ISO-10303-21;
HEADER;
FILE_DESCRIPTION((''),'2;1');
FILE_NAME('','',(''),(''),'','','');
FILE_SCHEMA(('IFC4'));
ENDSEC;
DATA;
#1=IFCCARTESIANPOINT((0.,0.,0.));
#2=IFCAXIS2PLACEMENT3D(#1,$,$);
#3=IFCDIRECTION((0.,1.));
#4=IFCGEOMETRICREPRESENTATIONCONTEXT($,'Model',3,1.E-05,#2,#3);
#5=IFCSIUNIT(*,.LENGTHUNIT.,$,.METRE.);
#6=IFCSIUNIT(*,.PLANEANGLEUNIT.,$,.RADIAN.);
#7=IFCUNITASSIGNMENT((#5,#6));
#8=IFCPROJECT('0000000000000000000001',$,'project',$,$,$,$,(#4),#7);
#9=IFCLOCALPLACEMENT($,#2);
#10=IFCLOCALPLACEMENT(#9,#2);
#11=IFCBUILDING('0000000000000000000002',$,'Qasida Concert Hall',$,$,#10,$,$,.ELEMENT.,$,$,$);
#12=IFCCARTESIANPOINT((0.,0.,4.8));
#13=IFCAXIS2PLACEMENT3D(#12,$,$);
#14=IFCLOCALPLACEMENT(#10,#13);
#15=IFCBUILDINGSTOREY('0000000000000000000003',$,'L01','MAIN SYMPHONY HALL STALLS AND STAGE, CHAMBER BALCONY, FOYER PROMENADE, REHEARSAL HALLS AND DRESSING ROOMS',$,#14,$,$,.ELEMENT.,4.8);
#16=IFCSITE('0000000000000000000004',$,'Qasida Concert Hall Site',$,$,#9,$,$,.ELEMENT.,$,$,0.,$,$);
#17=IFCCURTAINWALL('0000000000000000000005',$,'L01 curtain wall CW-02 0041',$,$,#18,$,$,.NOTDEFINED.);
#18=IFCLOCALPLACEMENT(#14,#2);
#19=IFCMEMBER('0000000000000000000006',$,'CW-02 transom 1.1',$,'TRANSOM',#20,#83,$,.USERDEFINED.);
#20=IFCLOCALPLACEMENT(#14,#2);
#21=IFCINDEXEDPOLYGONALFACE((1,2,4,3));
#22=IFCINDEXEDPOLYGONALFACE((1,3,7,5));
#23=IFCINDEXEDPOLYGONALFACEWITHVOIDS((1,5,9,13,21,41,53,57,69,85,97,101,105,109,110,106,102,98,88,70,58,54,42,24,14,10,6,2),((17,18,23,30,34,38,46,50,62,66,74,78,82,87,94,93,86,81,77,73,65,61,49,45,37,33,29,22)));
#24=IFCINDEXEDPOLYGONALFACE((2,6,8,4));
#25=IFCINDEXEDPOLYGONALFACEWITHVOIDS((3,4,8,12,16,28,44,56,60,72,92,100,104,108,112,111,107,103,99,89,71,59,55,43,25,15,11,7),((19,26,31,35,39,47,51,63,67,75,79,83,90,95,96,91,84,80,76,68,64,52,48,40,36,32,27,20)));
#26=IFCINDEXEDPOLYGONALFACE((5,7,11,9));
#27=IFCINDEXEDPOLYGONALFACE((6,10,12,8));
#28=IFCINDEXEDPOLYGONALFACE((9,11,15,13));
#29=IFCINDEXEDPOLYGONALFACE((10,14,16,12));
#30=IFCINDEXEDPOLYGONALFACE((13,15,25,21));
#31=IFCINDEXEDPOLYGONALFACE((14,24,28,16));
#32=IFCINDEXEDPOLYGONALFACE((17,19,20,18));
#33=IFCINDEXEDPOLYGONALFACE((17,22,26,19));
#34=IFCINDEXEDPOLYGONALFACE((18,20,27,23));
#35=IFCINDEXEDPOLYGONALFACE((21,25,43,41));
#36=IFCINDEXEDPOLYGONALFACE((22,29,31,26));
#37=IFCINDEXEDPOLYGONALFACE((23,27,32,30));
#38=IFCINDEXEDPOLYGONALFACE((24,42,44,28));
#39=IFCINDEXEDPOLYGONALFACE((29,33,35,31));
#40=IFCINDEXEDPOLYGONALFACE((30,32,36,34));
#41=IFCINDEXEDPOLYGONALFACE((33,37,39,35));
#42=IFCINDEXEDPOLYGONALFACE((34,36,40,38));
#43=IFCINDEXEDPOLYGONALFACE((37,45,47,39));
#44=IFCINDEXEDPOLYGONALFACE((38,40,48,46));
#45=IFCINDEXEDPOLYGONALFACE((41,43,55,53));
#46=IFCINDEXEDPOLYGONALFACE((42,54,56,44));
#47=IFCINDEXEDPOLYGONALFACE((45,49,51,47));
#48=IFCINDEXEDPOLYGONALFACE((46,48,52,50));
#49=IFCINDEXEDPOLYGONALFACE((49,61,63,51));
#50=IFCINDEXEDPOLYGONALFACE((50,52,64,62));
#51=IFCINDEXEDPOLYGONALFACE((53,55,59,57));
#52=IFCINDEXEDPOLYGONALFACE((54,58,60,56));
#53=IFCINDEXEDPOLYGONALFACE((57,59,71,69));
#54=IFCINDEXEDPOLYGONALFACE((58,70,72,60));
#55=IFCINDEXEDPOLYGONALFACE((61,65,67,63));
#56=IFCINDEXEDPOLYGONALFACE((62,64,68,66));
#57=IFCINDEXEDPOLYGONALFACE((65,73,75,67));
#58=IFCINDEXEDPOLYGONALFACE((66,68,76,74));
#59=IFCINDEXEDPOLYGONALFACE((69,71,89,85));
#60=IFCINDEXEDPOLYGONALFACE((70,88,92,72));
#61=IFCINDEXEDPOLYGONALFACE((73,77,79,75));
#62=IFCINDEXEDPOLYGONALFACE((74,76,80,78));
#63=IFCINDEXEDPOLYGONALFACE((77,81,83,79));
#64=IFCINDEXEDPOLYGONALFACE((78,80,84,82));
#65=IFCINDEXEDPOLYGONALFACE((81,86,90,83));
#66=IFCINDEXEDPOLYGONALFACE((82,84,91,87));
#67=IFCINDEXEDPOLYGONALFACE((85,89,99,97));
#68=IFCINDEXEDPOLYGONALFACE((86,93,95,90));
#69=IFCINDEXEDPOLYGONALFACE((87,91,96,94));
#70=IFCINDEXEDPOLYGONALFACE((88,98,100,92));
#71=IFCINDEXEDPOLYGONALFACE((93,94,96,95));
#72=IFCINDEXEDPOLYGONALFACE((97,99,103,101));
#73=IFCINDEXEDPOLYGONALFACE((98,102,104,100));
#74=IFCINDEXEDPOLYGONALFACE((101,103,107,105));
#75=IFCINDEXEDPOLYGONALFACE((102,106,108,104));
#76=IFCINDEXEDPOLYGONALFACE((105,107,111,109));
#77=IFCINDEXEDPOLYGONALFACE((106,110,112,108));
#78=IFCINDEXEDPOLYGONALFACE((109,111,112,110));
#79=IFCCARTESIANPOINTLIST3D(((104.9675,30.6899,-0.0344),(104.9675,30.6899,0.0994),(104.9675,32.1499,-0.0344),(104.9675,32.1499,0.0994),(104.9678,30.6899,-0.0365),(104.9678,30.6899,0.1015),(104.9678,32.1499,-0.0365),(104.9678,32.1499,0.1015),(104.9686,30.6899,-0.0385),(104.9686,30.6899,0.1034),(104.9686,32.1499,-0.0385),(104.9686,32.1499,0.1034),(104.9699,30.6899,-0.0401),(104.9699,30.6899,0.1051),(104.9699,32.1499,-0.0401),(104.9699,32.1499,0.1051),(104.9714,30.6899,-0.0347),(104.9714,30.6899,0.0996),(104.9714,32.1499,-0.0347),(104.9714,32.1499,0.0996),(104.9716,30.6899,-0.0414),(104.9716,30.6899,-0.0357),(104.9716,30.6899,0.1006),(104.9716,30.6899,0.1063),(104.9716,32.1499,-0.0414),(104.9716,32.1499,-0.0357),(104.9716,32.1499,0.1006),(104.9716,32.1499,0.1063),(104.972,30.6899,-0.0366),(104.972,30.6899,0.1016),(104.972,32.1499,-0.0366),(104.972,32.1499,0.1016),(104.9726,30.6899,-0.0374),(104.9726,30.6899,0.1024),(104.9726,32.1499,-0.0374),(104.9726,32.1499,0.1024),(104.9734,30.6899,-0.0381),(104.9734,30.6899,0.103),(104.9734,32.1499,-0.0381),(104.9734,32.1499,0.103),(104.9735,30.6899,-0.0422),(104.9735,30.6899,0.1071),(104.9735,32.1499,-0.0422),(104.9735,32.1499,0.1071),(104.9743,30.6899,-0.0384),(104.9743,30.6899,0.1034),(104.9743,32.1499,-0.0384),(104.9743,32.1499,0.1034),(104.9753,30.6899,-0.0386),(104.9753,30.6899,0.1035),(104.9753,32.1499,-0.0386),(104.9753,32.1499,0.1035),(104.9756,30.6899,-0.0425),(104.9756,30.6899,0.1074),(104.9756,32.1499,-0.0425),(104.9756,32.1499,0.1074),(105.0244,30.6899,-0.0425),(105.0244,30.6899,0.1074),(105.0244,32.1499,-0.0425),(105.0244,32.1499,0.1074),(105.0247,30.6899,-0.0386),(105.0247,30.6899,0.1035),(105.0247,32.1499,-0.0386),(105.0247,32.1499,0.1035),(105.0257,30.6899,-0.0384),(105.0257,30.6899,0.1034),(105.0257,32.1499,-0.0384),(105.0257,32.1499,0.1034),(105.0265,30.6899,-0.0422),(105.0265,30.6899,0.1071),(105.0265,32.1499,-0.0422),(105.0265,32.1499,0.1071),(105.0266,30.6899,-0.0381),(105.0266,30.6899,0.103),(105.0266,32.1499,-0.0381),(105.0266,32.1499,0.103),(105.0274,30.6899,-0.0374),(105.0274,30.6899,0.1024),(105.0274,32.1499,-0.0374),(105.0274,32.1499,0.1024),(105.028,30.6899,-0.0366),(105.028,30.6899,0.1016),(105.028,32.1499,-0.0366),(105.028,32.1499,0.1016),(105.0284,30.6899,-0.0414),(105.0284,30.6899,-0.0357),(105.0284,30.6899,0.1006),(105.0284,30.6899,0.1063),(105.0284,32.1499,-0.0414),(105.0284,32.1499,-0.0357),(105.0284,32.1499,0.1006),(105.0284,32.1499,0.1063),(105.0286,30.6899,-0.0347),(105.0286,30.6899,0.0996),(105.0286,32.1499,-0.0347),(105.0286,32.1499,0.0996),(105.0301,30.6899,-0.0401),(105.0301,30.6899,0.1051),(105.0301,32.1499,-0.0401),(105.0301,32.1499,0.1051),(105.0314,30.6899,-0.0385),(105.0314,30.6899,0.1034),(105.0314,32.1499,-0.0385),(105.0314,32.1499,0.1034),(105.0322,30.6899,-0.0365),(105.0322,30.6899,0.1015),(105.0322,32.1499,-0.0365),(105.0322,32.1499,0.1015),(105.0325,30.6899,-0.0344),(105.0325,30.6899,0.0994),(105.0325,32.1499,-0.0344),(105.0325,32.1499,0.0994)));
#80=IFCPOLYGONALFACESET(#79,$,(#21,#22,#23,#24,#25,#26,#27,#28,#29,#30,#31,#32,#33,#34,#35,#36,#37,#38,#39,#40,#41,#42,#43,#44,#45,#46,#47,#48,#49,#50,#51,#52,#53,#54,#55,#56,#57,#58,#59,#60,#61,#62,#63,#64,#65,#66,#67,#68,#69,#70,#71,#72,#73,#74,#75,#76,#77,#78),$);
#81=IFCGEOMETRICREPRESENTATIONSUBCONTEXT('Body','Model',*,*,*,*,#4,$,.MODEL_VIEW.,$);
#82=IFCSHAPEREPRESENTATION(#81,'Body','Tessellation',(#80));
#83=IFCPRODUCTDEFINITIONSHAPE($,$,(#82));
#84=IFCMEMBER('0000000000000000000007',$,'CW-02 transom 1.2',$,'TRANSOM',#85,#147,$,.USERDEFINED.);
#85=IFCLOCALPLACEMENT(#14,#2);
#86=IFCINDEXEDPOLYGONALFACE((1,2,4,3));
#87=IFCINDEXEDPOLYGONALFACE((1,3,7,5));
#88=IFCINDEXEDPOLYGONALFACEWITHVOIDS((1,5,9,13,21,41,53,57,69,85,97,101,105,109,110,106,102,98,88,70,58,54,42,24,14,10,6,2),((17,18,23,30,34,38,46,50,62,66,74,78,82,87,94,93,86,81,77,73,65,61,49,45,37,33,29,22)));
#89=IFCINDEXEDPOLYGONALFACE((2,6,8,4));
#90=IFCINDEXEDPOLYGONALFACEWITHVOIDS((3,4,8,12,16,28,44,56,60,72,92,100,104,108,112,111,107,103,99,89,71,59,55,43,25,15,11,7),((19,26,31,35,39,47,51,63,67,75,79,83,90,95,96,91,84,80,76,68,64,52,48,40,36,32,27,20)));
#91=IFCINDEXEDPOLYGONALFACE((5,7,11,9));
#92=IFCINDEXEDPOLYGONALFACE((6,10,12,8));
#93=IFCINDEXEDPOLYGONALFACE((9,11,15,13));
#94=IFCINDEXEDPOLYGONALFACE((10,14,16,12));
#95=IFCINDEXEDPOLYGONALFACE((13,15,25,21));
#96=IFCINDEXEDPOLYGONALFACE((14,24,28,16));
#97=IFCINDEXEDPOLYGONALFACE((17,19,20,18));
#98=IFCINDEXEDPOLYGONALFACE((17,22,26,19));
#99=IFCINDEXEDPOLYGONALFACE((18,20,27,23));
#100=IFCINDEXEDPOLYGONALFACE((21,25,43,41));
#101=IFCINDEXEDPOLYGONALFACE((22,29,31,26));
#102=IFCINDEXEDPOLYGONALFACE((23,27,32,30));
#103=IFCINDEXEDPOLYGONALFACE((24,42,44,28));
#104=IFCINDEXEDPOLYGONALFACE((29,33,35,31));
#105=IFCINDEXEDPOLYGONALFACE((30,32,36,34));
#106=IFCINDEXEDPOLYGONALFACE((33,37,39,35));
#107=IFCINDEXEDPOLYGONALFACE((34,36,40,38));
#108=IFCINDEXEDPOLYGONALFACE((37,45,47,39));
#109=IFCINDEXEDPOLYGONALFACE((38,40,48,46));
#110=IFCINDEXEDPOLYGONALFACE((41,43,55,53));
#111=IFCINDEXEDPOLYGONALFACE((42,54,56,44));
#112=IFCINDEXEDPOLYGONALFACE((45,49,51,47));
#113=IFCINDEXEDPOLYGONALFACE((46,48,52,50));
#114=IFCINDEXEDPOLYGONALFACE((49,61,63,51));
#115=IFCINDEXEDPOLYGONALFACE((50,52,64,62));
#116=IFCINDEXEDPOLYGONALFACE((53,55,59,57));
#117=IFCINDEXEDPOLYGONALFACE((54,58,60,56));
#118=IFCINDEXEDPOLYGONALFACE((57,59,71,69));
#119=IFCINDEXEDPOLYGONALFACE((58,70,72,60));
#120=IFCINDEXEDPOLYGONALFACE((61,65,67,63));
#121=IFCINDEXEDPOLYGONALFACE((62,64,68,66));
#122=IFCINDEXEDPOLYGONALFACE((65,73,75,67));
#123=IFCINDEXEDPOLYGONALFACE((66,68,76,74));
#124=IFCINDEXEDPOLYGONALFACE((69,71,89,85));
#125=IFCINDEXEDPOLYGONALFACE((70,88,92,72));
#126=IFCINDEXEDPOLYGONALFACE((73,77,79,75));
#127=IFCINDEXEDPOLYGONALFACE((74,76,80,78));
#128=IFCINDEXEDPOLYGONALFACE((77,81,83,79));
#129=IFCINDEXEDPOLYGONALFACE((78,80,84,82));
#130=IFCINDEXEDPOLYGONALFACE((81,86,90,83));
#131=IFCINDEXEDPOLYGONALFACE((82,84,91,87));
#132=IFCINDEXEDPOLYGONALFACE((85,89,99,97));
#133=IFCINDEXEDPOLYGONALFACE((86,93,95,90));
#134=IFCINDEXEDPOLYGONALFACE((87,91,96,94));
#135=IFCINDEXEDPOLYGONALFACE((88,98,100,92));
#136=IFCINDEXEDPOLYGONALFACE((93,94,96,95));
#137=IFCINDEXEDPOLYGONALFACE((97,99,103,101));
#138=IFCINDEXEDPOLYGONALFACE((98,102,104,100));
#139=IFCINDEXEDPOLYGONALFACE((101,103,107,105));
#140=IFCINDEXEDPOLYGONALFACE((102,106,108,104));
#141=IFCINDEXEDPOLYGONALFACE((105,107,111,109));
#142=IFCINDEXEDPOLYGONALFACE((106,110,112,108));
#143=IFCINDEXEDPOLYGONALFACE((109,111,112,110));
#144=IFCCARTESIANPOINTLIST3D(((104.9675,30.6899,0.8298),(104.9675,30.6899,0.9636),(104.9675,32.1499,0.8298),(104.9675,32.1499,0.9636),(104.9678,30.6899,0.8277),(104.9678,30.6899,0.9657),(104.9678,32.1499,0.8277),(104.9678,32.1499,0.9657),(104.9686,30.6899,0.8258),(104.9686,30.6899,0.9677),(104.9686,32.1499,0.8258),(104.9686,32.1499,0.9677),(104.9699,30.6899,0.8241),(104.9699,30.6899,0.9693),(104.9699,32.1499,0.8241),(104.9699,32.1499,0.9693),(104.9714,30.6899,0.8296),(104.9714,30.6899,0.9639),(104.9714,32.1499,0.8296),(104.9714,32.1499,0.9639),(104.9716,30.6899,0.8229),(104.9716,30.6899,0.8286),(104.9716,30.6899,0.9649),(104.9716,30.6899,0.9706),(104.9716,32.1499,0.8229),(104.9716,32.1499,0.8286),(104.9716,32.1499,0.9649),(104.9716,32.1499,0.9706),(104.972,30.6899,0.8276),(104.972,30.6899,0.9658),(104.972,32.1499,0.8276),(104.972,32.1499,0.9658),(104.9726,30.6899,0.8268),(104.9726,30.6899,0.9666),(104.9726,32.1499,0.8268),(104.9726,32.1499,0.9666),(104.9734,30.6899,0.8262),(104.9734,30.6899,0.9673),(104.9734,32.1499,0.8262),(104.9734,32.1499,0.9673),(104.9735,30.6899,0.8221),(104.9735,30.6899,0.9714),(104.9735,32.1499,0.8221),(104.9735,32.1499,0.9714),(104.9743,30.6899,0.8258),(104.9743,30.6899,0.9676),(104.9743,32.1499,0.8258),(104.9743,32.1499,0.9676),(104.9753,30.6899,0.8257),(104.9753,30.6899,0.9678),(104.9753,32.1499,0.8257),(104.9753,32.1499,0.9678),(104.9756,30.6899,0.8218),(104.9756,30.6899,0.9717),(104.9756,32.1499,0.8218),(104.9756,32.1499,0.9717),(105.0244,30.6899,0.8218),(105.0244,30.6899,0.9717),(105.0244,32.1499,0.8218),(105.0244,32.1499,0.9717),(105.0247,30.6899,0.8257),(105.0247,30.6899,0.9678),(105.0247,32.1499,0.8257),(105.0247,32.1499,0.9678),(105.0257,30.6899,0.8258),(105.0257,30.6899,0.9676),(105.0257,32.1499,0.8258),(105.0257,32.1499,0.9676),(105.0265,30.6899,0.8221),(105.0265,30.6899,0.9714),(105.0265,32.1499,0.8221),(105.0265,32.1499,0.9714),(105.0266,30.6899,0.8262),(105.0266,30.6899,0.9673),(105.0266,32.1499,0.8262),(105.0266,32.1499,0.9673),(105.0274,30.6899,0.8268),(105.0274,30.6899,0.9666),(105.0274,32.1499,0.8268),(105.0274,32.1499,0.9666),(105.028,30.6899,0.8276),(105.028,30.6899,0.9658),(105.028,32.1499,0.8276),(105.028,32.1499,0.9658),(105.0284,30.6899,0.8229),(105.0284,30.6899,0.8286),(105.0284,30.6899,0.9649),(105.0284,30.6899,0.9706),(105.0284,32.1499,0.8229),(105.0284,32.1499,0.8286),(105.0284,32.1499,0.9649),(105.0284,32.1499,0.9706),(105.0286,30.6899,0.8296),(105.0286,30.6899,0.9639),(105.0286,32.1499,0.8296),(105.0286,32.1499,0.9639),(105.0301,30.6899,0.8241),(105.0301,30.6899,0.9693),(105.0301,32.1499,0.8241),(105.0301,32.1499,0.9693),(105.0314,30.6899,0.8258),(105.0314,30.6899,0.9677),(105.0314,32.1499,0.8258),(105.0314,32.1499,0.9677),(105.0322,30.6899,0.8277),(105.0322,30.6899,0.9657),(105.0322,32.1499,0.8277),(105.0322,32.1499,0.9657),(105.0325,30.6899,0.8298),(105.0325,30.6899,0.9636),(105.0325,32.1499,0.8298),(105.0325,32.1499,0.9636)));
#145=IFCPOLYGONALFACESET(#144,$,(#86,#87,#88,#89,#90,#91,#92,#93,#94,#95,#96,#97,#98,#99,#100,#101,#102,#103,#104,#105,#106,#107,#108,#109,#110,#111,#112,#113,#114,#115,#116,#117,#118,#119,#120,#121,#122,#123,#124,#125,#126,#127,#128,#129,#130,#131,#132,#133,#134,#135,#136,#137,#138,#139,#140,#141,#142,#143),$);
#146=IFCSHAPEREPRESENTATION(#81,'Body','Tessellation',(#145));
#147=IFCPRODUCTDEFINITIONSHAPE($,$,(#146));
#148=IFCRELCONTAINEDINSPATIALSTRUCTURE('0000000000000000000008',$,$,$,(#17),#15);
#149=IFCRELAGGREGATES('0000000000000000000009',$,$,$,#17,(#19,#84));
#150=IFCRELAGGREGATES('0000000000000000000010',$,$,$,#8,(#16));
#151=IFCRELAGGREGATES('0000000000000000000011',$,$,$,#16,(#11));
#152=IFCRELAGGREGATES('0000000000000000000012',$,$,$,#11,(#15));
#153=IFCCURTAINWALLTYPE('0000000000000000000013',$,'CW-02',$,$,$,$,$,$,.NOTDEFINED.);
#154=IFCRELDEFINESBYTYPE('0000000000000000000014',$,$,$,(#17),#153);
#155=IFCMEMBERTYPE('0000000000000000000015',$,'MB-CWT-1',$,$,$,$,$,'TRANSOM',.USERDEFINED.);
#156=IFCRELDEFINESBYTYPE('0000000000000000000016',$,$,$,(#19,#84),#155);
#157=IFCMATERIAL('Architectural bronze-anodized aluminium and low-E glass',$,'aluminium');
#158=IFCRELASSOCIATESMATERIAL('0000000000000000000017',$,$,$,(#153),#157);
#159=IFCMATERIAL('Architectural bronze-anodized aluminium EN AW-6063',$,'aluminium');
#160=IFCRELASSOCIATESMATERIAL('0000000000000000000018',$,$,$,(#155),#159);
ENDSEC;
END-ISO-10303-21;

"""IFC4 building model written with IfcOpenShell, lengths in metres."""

from ifc_helpers import new_model, si_unit, direction, frame, origin, origin_2d, place, context, subcontext, project, spatial, hollow_rectangle, extrude, material, material_profile, profile_set, type_object, element, aggregate, save


model = new_model("IFC4")

# Units and contexts
model_context = context("Model", 3, precision=1e-05, world=origin(), true_north=direction((0.0, 1.0)))
body_context = subcontext(model_context, "Body", "Model", "MODEL_VIEW")
ifc_project = project(units=[si_unit("LENGTHUNIT", "METRE"), si_unit("PLANEANGLEUNIT", "RADIAN")], contexts=[model_context])

# Site, building, storey
site_placement = place(None, origin())
site = spatial("IfcSite", under=ifc_project, at=site_placement, Name="Qasida Concert Hall Site", CompositionType="ELEMENT", RefElevation=0.0)
building_placement = place(site_placement, origin())
building = spatial("IfcBuilding", under=site, at=building_placement, Name="Qasida Concert Hall", CompositionType="ELEMENT")
storey_placement = place(building_placement, frame((0.0, 0.0, 4.8)))
storey = spatial("IfcBuildingStorey", under=building, at=storey_placement, Name="L01", Description="MAIN SYMPHONY HALL STALLS AND STAGE, CHAMBER BALCONY, FOYER PROMENADE, REHEARSAL HALLS AND DRESSING ROOMS", CompositionType="ELEMENT", Elevation=4.8)

# Curtain wall, members
ifc_material_1 = material(Name="Architectural bronze-anodized aluminium and low-E glass", Category="aluminium")
curtain_wall_type = type_object("IfcCurtainWallType", Name="CW-02", PredefinedType="NOTDEFINED", material=ifc_material_1)
curtain_wall_placement = place(storey_placement, origin())
curtain_wall = element("IfcCurtainWall", 1, at=curtain_wall_placement, inside=storey, type_object=curtain_wall_type, Name="L01 curtain wall CW-02 0041", PredefinedType="NOTDEFINED")
ifc_material_2 = material(Name="Architectural bronze-anodized aluminium EN AW-6063", Category="aluminium")
ifc_material_profile_1 = material_profile(ifc_material_2, hollow_rectangle(XDim=0.0649, YDim=0.1499, WallThickness=0.0039, InnerFilletRadius=0.0039, OuterFilletRadius=0.0081, at=origin_2d()), Name="CWT 150x65x4")
ifc_profile_set_1 = profile_set([ifc_material_profile_1], Name="Architectural bronze-anodized aluminium EN AW-6063")
member_type_1 = type_object("IfcMemberType", Name="MB-CWT-1", ElementType="TRANSOM", PredefinedType="USERDEFINED", material=ifc_profile_set_1)
member_1_placement = place(storey_placement, frame((105.0, 30.6899, 0.0325), z_axis=(0.0, 1.0, 0.0), x_axis=(-1.0, 0.0, 0.0)))
member_1 = element("IfcMember", 2, at=member_1_placement, type_object=member_type_1, Name="CW-02 transom 1.1", ObjectType="TRANSOM", PredefinedType="USERDEFINED", context=body_context, shape_type="SweptSolid", body=[
    extrude(hollow_rectangle(XDim=0.0649, YDim=0.1499, WallThickness=0.0039, InnerFilletRadius=0.0039, OuterFilletRadius=0.0081, at=origin_2d()), origin(), (0.0, 0.0, 1.0), 1.46),
])
member_2_placement = place(storey_placement, frame((105.0, 30.6899, 0.8967), z_axis=(0.0, 1.0, 0.0), x_axis=(-1.0, 0.0, 0.0)))
member_2 = element("IfcMember", 3, at=member_2_placement, type_object=member_type_1, Name="CW-02 transom 1.2", ObjectType="TRANSOM", PredefinedType="USERDEFINED", context=body_context, shape_type="SweptSolid", body=[
    extrude(hollow_rectangle(XDim=0.0649, YDim=0.1499, WallThickness=0.0039, InnerFilletRadius=0.0039, OuterFilletRadius=0.0081, at=origin_2d()), origin(), (0.0, 0.0, 1.0), 1.46),
])
aggregate(curtain_wall, [member_1, member_2])

save(model, "model.ifc")
